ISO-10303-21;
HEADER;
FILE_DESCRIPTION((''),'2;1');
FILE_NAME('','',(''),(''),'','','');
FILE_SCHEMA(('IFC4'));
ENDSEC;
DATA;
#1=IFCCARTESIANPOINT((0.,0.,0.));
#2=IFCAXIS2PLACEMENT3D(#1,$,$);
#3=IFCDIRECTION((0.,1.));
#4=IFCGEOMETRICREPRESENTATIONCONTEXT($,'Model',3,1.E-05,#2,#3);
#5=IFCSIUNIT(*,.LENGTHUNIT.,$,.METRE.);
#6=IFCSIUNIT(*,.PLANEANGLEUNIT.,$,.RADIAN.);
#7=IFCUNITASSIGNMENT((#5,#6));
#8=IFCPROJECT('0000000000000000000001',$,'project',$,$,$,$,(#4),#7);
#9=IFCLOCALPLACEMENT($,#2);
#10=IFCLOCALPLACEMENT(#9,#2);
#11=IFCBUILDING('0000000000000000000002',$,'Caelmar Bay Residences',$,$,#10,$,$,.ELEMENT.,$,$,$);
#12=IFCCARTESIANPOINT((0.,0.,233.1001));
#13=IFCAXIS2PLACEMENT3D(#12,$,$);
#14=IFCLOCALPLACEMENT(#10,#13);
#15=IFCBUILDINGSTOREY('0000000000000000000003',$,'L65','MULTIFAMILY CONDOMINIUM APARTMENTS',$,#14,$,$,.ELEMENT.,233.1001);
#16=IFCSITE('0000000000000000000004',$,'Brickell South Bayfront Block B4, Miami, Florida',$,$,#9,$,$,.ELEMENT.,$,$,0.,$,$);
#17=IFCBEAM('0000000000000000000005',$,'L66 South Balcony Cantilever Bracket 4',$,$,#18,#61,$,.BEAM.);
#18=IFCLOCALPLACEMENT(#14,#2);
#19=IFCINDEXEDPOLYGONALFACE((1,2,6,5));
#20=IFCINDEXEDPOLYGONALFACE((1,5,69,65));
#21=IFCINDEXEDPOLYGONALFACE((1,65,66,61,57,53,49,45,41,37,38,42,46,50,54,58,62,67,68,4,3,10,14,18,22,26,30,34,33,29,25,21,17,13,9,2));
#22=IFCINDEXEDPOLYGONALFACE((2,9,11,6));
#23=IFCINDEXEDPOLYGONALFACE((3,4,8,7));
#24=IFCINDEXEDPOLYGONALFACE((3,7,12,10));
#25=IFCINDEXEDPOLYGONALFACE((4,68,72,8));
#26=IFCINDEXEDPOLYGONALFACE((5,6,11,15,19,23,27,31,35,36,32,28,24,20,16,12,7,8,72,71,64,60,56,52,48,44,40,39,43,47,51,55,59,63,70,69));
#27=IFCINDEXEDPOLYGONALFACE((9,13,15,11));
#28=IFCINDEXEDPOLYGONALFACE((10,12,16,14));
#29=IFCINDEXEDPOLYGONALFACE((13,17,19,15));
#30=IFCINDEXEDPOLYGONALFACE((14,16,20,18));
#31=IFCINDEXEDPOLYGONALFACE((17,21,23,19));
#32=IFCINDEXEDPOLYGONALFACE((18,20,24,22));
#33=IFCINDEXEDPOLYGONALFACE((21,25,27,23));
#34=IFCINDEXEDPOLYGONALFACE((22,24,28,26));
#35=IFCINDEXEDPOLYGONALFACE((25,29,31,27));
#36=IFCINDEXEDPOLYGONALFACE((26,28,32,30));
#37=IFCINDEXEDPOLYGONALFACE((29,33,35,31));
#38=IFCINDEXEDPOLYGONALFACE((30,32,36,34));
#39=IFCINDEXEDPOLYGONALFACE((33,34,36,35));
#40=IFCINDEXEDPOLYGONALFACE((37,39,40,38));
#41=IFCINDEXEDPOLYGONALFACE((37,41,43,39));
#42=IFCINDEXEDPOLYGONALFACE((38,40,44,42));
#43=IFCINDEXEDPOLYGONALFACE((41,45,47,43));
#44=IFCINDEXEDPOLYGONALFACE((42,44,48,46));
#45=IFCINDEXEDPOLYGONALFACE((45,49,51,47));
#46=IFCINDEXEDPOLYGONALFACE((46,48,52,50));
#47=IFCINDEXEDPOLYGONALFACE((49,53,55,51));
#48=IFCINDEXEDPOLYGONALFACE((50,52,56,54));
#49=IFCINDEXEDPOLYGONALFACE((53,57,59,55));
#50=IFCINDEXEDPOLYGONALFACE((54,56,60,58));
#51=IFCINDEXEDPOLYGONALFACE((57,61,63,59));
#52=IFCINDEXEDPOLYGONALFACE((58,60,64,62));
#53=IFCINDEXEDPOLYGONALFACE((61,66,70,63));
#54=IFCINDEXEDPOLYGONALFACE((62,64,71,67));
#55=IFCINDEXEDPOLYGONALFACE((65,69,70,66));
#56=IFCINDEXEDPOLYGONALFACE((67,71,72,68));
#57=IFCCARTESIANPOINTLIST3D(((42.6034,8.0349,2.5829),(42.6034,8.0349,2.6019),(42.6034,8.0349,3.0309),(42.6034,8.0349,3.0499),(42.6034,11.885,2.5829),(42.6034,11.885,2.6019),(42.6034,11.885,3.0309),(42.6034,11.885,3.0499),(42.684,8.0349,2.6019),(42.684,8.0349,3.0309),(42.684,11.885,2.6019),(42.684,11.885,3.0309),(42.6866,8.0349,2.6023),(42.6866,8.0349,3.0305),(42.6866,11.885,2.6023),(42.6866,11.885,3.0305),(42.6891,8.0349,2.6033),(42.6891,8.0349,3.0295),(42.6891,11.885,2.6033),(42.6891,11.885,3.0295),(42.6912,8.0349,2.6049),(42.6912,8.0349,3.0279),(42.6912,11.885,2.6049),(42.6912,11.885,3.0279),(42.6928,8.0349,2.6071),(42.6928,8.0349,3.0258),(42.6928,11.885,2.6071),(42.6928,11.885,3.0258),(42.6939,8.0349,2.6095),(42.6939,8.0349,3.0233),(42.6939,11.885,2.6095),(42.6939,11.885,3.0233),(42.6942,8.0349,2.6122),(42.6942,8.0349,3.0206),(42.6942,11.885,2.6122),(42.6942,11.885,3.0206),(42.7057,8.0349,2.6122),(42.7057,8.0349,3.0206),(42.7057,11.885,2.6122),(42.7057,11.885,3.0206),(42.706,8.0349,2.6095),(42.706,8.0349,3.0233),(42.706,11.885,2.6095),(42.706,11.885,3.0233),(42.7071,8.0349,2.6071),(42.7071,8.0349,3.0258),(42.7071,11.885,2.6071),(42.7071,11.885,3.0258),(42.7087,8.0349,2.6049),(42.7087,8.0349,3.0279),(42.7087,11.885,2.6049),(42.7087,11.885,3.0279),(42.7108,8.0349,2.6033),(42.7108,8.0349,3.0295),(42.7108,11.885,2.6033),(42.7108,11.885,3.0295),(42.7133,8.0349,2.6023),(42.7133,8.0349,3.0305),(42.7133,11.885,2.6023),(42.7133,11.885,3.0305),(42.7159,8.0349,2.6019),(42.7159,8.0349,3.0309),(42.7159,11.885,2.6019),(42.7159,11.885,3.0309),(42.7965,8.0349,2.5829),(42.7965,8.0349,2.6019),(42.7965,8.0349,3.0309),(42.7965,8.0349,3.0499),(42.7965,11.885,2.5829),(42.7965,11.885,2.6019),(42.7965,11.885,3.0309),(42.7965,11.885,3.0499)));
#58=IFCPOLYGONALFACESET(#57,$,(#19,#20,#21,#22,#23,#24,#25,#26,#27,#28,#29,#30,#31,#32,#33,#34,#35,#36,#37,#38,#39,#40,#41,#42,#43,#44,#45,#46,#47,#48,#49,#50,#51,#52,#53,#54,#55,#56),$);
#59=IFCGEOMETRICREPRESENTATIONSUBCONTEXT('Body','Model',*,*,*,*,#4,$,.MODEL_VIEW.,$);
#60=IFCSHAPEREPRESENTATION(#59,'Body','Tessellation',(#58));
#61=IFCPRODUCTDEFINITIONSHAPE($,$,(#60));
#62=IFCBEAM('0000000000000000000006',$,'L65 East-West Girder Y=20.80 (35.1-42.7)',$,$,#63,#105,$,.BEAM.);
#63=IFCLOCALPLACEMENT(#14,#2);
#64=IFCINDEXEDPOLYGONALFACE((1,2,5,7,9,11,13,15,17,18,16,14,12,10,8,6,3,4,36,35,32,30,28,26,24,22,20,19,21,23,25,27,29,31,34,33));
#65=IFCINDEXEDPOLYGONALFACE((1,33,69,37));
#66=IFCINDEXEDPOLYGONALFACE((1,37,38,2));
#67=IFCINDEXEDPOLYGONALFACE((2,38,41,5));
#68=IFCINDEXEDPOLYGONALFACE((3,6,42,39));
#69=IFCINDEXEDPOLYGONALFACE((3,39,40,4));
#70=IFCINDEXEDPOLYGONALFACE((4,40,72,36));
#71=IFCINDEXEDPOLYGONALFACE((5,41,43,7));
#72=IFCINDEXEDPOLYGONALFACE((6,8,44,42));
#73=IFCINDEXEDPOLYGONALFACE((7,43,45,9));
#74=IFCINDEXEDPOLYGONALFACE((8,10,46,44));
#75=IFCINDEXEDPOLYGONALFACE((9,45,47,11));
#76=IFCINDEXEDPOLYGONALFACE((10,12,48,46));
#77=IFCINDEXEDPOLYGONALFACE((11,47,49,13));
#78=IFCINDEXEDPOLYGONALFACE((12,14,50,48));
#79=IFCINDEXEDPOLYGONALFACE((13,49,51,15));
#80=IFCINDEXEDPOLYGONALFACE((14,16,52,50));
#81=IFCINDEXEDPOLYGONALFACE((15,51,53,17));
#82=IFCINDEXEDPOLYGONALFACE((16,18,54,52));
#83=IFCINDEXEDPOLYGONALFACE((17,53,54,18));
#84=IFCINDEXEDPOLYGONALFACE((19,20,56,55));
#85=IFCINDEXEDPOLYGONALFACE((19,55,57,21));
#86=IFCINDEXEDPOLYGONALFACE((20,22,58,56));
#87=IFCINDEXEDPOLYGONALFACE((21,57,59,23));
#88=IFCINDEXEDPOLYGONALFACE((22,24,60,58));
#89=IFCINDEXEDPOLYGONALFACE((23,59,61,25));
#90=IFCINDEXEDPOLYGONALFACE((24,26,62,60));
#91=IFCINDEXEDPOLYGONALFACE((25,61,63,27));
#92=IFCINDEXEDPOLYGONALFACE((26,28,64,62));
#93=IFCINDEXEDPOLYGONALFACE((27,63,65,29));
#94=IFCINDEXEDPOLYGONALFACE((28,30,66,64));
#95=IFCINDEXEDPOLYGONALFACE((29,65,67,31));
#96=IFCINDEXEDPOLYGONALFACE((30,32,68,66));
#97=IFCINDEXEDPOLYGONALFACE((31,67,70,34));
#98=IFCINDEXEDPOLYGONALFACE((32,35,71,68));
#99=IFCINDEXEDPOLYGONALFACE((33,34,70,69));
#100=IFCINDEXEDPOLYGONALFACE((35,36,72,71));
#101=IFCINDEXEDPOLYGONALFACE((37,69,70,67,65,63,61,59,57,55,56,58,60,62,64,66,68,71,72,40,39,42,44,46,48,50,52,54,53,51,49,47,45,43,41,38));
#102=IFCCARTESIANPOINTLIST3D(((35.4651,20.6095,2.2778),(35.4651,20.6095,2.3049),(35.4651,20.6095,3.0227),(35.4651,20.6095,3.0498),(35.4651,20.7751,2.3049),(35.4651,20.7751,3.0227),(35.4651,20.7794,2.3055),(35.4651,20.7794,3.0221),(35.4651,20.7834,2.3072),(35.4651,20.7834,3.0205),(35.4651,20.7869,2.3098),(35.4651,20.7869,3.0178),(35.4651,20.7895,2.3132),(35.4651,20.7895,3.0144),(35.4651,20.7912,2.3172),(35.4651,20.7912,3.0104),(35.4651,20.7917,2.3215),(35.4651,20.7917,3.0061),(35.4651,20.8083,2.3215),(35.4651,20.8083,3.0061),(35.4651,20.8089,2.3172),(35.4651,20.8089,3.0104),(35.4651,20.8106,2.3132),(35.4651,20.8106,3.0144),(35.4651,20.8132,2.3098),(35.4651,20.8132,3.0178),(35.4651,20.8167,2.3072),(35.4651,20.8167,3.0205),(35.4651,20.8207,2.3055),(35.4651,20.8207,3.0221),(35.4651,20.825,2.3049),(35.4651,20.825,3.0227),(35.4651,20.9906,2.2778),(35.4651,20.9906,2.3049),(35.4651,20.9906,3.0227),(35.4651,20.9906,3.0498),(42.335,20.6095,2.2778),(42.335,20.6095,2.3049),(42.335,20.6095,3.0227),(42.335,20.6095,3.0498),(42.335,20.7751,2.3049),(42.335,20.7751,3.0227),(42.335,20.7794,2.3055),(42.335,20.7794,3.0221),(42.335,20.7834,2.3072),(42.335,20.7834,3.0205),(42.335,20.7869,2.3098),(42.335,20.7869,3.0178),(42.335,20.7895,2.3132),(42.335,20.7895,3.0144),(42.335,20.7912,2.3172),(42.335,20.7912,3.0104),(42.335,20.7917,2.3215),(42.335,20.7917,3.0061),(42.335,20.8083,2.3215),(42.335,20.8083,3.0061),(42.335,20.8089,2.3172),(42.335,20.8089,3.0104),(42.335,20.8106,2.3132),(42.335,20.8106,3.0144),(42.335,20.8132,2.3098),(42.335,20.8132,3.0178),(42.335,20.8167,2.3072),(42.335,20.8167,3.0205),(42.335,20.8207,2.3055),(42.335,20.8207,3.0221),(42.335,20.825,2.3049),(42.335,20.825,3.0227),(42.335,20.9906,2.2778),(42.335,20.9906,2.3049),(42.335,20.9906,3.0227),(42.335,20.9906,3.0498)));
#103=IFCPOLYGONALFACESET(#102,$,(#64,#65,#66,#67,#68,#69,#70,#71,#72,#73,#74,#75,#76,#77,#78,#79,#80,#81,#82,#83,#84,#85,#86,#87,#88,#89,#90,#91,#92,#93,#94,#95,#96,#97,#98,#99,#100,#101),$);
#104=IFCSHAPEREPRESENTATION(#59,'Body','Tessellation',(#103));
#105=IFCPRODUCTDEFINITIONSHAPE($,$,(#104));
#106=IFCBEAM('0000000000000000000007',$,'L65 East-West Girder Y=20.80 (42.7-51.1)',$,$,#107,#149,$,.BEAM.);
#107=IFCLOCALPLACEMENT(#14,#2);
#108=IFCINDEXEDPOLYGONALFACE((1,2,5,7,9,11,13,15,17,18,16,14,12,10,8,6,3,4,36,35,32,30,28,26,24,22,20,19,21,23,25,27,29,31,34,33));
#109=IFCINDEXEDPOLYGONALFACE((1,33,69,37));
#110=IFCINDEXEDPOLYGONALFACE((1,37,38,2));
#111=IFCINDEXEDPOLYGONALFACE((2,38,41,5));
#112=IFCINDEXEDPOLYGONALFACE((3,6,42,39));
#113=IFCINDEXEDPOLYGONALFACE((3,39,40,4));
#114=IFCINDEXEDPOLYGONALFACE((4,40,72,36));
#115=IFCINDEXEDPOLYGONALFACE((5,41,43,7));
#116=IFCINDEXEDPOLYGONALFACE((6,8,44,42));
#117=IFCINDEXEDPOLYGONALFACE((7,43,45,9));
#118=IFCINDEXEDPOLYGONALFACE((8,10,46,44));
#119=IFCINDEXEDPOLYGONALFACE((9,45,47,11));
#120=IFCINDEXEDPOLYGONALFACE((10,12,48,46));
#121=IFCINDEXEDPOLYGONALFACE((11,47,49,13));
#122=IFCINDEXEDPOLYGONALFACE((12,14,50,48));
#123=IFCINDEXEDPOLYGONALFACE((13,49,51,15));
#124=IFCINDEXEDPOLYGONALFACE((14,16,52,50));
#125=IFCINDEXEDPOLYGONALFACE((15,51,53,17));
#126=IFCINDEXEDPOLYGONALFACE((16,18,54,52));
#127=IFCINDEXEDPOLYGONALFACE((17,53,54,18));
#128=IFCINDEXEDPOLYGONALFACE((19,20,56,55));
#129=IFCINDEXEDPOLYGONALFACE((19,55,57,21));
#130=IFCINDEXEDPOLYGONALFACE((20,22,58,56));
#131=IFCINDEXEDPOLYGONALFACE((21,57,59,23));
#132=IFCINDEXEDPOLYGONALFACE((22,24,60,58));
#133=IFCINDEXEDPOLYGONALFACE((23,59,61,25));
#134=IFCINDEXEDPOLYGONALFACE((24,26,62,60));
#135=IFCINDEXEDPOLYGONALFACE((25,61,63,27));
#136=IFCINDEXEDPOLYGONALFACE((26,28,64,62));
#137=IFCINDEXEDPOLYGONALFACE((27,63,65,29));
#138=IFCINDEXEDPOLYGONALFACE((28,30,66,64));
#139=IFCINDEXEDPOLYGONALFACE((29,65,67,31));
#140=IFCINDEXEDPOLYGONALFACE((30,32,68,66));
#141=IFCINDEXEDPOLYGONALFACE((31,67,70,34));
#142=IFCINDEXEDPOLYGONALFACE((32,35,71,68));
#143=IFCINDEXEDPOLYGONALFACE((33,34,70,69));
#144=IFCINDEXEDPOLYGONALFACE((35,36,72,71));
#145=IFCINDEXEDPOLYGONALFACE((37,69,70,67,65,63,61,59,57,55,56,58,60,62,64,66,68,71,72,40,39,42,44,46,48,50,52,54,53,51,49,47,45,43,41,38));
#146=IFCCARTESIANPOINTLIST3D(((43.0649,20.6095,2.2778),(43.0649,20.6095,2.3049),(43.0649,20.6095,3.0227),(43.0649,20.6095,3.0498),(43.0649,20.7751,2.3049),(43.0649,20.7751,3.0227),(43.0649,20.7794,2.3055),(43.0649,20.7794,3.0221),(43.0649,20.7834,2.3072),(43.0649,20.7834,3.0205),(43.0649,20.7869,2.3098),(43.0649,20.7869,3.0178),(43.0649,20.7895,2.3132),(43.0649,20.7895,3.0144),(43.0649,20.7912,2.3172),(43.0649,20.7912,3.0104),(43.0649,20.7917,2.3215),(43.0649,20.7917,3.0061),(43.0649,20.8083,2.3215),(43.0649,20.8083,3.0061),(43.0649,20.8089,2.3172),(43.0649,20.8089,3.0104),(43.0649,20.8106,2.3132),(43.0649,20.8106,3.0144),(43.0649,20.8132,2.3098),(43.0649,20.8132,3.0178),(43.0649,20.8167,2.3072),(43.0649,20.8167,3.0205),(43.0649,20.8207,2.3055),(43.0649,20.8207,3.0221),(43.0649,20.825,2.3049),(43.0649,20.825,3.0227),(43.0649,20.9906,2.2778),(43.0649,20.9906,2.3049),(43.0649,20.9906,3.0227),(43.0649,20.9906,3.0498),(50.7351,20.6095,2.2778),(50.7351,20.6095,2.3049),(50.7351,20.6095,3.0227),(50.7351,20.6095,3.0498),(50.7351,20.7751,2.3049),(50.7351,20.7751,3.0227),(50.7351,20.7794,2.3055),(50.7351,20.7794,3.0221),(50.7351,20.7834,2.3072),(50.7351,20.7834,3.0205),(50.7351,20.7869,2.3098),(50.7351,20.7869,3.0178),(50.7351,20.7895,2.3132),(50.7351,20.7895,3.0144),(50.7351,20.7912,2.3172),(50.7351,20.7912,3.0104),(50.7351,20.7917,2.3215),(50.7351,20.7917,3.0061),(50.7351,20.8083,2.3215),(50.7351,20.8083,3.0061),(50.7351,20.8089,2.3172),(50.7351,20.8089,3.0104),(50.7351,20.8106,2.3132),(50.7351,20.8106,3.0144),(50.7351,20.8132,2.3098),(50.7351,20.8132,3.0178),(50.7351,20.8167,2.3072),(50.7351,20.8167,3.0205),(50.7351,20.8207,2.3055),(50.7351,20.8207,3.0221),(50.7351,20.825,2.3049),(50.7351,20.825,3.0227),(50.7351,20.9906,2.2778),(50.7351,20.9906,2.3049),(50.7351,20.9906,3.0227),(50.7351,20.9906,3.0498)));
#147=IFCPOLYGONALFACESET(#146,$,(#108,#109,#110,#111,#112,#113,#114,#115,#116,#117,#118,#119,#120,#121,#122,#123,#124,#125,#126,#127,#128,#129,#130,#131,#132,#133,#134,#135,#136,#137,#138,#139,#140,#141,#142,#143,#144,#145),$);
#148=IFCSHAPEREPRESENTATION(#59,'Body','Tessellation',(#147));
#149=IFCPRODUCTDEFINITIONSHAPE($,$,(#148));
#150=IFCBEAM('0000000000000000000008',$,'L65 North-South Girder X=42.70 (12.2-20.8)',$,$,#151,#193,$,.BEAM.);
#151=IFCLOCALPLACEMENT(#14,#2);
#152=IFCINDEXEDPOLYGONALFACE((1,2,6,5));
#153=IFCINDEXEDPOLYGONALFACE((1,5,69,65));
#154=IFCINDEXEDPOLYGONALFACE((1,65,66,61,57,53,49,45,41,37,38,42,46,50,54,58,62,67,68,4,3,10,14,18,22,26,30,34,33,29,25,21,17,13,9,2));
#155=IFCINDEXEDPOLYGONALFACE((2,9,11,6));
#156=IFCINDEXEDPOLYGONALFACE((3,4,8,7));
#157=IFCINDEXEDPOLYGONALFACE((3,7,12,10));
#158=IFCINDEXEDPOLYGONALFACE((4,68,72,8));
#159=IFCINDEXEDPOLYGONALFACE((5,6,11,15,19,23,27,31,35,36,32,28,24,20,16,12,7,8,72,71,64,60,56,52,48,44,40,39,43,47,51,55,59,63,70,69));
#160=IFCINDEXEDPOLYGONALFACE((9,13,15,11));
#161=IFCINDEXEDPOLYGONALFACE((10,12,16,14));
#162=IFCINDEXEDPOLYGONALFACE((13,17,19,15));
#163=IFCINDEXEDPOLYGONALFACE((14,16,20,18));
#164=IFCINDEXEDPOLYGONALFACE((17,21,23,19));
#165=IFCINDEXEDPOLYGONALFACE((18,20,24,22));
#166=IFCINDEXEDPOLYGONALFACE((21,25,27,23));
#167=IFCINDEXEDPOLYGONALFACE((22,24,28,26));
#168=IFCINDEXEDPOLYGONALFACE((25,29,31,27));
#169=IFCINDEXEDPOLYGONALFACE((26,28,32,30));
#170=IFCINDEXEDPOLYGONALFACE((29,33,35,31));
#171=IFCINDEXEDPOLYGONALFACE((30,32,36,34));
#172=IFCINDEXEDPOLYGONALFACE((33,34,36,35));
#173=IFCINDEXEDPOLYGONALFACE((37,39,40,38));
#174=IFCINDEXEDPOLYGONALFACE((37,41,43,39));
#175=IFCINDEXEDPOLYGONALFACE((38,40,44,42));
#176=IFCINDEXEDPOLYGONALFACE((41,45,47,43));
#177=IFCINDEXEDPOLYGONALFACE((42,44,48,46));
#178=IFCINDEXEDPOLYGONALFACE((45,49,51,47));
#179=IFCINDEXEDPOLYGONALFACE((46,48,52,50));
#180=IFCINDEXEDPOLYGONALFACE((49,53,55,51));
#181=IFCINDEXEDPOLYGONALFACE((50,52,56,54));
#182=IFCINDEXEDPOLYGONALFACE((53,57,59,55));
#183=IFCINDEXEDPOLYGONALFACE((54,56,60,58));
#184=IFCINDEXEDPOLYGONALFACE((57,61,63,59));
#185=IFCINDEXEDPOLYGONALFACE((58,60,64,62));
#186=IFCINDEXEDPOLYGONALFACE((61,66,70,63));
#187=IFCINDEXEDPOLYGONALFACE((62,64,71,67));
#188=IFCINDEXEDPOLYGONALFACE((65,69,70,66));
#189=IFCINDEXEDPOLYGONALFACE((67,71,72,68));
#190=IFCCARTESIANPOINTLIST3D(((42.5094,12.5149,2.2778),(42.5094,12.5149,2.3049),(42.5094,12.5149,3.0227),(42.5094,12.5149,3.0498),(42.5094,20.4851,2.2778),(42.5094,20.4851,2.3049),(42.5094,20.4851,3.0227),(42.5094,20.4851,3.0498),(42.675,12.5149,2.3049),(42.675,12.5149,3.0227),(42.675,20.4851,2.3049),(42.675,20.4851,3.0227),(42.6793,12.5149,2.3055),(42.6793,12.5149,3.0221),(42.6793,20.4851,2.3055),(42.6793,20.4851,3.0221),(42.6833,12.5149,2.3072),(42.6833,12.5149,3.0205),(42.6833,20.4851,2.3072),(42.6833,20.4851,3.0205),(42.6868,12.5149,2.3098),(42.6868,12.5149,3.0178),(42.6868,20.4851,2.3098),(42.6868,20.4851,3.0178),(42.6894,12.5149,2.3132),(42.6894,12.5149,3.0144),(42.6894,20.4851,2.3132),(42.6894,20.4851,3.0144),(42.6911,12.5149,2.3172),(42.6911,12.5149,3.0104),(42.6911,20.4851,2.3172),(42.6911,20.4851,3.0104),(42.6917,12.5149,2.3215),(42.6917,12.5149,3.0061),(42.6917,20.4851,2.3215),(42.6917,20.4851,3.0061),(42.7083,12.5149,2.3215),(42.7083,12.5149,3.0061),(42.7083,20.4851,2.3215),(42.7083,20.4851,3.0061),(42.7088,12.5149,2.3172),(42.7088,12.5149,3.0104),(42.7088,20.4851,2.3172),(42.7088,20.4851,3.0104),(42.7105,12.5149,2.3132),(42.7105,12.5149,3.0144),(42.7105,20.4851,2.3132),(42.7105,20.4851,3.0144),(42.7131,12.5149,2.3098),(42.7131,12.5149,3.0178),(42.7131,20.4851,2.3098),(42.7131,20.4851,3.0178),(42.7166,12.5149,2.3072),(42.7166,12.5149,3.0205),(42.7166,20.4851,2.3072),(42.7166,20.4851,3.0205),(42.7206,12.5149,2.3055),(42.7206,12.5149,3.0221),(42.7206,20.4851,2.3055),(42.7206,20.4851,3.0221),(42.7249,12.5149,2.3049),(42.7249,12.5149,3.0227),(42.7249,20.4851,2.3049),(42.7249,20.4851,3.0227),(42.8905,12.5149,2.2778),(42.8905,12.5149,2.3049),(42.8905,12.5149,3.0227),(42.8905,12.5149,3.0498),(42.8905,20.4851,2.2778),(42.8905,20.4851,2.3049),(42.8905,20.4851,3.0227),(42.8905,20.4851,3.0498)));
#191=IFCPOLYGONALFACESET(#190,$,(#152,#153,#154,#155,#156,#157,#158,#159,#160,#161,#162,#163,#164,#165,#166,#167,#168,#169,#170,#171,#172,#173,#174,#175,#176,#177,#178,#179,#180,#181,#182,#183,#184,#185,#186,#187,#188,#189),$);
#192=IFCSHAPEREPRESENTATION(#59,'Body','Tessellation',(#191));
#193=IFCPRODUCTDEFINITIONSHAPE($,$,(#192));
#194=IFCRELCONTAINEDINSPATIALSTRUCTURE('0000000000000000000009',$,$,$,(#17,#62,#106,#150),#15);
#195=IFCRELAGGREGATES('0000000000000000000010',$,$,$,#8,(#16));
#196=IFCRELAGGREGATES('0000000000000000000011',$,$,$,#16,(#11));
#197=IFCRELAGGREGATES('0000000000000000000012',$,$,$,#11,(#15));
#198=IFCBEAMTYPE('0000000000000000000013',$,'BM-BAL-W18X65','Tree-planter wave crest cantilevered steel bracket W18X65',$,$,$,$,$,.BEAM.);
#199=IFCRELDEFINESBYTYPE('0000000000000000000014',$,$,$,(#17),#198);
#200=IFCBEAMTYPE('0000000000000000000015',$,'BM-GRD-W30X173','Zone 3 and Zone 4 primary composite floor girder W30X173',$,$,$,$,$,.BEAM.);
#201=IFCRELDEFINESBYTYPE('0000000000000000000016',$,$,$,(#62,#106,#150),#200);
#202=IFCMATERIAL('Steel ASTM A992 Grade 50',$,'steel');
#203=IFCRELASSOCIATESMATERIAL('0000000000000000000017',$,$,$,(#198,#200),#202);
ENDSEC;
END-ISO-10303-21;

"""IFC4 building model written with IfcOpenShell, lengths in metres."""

from ifc_helpers import new_model, si_unit, direction, frame, origin, origin_2d, place, context, subcontext, project, spatial, i_section, extrude, material, material_profile, profile_set, type_object, element, save


model = new_model("IFC4")

# Units and contexts
model_context = context("Model", 3, precision=1e-05, world=origin(), true_north=direction((0.0, 1.0)))
body_context = subcontext(model_context, "Body", "Model", "MODEL_VIEW")
ifc_project = project(units=[si_unit("LENGTHUNIT", "METRE"), si_unit("PLANEANGLEUNIT", "RADIAN")], contexts=[model_context])

# Site, building, storey
site_placement = place(None, origin())
site = spatial("IfcSite", under=ifc_project, at=site_placement, Name="Brickell South Bayfront Block B4, Miami, Florida", CompositionType="ELEMENT", RefElevation=0.0)
building_placement = place(site_placement, origin())
building = spatial("IfcBuilding", under=site, at=building_placement, Name="Caelmar Bay Residences", CompositionType="ELEMENT")
storey_placement = place(building_placement, frame((0.0, 0.0, 233.1001)))
storey = spatial("IfcBuildingStorey", under=building, at=storey_placement, Name="L65", Description="MULTIFAMILY CONDOMINIUM APARTMENTS", CompositionType="ELEMENT", Elevation=233.1001)

# Beams
ifc_material_1 = material(Name="Steel ASTM A992 Grade 50", Category="steel")
ifc_material_profile_1 = material_profile(ifc_material_1, i_section(OverallWidth=0.1931, OverallDepth=0.467, WebThickness=0.0115, FlangeThickness=0.019, FilletRadius=0.0103, at=origin_2d()), Name="W18X65")
ifc_profile_set_1 = profile_set([ifc_material_profile_1], Name="Steel ASTM A992 Grade 50")
beam_type_1 = type_object("IfcBeamType", Name="BM-BAL-W18X65", Description="Tree-planter wave crest cantilevered steel bracket W18X65", PredefinedType="BEAM", material=ifc_profile_set_1)
beam_1_placement = place(storey_placement, frame((42.7, 11.885, 2.8164), z_axis=(0.0, -1.0, 0.0), x_axis=(1.0, 0.0, 0.0)))
element("IfcBeam", 1, at=beam_1_placement, inside=storey, type_object=beam_type_1, Name="L66 South Balcony Cantilever Bracket 4", PredefinedType="BEAM", context=body_context, shape_type="SweptSolid", body=[
    extrude(i_section(OverallWidth=0.1931, OverallDepth=0.467, WebThickness=0.0115, FlangeThickness=0.019, FilletRadius=0.0103, at=origin_2d()), origin(), (0.0, 0.0, 1.0), 3.8501),
])
ifc_material_profile_2 = material_profile(ifc_material_1, i_section(OverallWidth=0.3811, OverallDepth=0.772, WebThickness=0.0166, FlangeThickness=0.0271, FilletRadius=0.0166, at=origin_2d()), Name="W30X173")
ifc_profile_set_2 = profile_set([ifc_material_profile_2], Name="Steel ASTM A992 Grade 50")
beam_type_2 = type_object("IfcBeamType", Name="BM-GRD-W30X173", Description="Zone 3 and Zone 4 primary composite floor girder W30X173", PredefinedType="BEAM", material=ifc_profile_set_2)
beam_2_placement = place(storey_placement, frame((35.4651, 20.8, 2.6638), z_axis=(1.0, 0.0, 0.0), x_axis=(0.0, 1.0, 0.0)))
element("IfcBeam", 2, at=beam_2_placement, inside=storey, type_object=beam_type_2, Name="L65 East-West Girder Y=20.80 (35.1-42.7)", PredefinedType="BEAM", context=body_context, shape_type="SweptSolid", body=[
    extrude(i_section(OverallWidth=0.3811, OverallDepth=0.772, WebThickness=0.0166, FlangeThickness=0.0271, FilletRadius=0.0166, at=origin_2d()), origin(), (0.0, 0.0, 1.0), 6.8699),
])
beam_3_placement = place(storey_placement, frame((43.0649, 20.8, 2.6638), z_axis=(1.0, 0.0, 0.0), x_axis=(0.0, 1.0, 0.0)))
element("IfcBeam", 3, at=beam_3_placement, inside=storey, type_object=beam_type_2, Name="L65 East-West Girder Y=20.80 (42.7-51.1)", PredefinedType="BEAM", context=body_context, shape_type="SweptSolid", body=[
    extrude(i_section(OverallWidth=0.3811, OverallDepth=0.772, WebThickness=0.0166, FlangeThickness=0.0271, FilletRadius=0.0166, at=origin_2d()), origin(), (0.0, 0.0, 1.0), 7.6702),
])
beam_4_placement = place(storey_placement, frame((42.7, 12.5149, 2.6638), z_axis=(0.0, 1.0, 0.0), x_axis=(-1.0, 0.0, 0.0)))
element("IfcBeam", 4, at=beam_4_placement, inside=storey, type_object=beam_type_2, Name="L65 North-South Girder X=42.70 (12.2-20.8)", PredefinedType="BEAM", context=body_context, shape_type="SweptSolid", body=[
    extrude(i_section(OverallWidth=0.3811, OverallDepth=0.772, WebThickness=0.0166, FlangeThickness=0.0271, FilletRadius=0.0166, at=origin_2d()), origin(), (0.0, 0.0, 1.0), 7.9702),
])

save(model, "model.ifc")
